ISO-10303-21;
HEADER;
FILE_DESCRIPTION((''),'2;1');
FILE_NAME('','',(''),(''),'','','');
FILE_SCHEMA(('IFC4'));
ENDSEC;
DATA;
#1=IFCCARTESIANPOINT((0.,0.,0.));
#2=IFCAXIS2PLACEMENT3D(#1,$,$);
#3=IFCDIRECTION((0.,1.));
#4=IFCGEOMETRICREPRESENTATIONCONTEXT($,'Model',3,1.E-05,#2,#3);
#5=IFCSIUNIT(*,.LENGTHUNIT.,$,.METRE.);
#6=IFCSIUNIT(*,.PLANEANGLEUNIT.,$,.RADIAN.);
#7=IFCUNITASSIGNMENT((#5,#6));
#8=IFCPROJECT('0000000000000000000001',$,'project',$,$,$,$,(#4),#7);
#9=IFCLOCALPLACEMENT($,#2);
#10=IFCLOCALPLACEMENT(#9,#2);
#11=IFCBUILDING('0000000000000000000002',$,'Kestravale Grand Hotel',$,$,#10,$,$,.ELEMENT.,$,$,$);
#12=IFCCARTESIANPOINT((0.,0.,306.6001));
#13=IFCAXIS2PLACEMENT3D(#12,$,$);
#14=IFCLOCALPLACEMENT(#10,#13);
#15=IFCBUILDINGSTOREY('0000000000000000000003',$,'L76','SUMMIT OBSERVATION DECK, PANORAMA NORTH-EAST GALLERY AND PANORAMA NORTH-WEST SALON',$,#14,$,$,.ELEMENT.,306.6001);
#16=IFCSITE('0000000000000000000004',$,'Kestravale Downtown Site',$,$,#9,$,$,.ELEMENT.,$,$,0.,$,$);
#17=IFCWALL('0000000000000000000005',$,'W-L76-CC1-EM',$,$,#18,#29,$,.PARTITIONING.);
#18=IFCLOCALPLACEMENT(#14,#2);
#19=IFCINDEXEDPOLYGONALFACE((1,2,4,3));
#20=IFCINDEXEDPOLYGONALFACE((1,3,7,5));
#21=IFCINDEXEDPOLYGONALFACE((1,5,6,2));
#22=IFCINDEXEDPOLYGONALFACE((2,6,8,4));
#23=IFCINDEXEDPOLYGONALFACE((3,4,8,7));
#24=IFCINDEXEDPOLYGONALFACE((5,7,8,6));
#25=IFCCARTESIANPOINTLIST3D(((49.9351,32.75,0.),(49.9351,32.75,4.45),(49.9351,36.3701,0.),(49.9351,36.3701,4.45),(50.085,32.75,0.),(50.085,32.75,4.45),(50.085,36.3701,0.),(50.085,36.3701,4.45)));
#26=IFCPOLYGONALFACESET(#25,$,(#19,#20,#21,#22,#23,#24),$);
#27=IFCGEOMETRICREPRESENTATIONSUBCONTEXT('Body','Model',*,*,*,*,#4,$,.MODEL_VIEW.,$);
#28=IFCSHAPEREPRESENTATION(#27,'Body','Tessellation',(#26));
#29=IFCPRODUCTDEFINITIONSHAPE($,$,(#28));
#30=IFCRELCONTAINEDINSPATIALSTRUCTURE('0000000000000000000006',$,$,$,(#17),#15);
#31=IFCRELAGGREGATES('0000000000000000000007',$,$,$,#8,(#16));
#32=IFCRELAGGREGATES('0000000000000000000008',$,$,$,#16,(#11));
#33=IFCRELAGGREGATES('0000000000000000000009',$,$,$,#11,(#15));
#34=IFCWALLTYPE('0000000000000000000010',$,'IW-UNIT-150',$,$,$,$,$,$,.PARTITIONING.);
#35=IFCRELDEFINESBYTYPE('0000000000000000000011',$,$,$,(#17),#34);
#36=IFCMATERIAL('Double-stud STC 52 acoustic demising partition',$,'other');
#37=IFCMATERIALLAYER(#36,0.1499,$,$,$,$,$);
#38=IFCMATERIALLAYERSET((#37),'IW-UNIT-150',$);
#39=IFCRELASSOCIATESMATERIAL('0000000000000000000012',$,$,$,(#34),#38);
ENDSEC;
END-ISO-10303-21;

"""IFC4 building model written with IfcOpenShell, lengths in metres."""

from ifc_helpers import new_model, si_unit, direction, frame, frame_2d, origin, place, context, subcontext, project, spatial, rectangle, extrude, material, layer, layer_set, type_object, element, save


model = new_model("IFC4")

# Units and contexts
model_context = context("Model", 3, precision=1e-05, world=origin(), true_north=direction((0.0, 1.0)))
body_context = subcontext(model_context, "Body", "Model", "MODEL_VIEW")
ifc_project = project(units=[si_unit("LENGTHUNIT", "METRE"), si_unit("PLANEANGLEUNIT", "RADIAN")], contexts=[model_context])

# Site, building, storey
site_placement = place(None, origin())
site = spatial("IfcSite", under=ifc_project, at=site_placement, Name="Kestravale Downtown Site", CompositionType="ELEMENT", RefElevation=0.0)
building_placement = place(site_placement, origin())
building = spatial("IfcBuilding", under=site, at=building_placement, Name="Kestravale Grand Hotel", CompositionType="ELEMENT")
storey_placement = place(building_placement, frame((0.0, 0.0, 306.6001)))
storey = spatial("IfcBuildingStorey", under=building, at=storey_placement, Name="L76", Description="SUMMIT OBSERVATION DECK, PANORAMA NORTH-EAST GALLERY AND PANORAMA NORTH-WEST SALON", CompositionType="ELEMENT", Elevation=306.6001)

# Wall
ifc_material_1 = material(Name="Double-stud STC 52 acoustic demising partition", Category="other")
ifc_layer_1 = layer(ifc_material_1, 0.1499)
ifc_layer_set_1 = layer_set([ifc_layer_1], Name="IW-UNIT-150")
wall_type_1 = type_object("IfcWallType", Name="IW-UNIT-150", PredefinedType="PARTITIONING", material=ifc_layer_set_1)
wall_1_placement = place(storey_placement, frame((50.01, 32.75, 0.0), z_axis=(0.0, 0.0, 1.0), x_axis=(0.0, 1.0, 0.0)))
element("IfcWall", 1, at=wall_1_placement, inside=storey, type_object=wall_type_1, Name="W-L76-CC1-EM", PredefinedType="PARTITIONING", context=body_context, shape_type="SweptSolid", body=[
    extrude(rectangle(XDim=3.6201, YDim=0.1499, at=frame_2d((1.8101, 0.0))), origin(), (0.0, 0.0, 1.0), 4.45),
])

save(model, "model.ifc")
